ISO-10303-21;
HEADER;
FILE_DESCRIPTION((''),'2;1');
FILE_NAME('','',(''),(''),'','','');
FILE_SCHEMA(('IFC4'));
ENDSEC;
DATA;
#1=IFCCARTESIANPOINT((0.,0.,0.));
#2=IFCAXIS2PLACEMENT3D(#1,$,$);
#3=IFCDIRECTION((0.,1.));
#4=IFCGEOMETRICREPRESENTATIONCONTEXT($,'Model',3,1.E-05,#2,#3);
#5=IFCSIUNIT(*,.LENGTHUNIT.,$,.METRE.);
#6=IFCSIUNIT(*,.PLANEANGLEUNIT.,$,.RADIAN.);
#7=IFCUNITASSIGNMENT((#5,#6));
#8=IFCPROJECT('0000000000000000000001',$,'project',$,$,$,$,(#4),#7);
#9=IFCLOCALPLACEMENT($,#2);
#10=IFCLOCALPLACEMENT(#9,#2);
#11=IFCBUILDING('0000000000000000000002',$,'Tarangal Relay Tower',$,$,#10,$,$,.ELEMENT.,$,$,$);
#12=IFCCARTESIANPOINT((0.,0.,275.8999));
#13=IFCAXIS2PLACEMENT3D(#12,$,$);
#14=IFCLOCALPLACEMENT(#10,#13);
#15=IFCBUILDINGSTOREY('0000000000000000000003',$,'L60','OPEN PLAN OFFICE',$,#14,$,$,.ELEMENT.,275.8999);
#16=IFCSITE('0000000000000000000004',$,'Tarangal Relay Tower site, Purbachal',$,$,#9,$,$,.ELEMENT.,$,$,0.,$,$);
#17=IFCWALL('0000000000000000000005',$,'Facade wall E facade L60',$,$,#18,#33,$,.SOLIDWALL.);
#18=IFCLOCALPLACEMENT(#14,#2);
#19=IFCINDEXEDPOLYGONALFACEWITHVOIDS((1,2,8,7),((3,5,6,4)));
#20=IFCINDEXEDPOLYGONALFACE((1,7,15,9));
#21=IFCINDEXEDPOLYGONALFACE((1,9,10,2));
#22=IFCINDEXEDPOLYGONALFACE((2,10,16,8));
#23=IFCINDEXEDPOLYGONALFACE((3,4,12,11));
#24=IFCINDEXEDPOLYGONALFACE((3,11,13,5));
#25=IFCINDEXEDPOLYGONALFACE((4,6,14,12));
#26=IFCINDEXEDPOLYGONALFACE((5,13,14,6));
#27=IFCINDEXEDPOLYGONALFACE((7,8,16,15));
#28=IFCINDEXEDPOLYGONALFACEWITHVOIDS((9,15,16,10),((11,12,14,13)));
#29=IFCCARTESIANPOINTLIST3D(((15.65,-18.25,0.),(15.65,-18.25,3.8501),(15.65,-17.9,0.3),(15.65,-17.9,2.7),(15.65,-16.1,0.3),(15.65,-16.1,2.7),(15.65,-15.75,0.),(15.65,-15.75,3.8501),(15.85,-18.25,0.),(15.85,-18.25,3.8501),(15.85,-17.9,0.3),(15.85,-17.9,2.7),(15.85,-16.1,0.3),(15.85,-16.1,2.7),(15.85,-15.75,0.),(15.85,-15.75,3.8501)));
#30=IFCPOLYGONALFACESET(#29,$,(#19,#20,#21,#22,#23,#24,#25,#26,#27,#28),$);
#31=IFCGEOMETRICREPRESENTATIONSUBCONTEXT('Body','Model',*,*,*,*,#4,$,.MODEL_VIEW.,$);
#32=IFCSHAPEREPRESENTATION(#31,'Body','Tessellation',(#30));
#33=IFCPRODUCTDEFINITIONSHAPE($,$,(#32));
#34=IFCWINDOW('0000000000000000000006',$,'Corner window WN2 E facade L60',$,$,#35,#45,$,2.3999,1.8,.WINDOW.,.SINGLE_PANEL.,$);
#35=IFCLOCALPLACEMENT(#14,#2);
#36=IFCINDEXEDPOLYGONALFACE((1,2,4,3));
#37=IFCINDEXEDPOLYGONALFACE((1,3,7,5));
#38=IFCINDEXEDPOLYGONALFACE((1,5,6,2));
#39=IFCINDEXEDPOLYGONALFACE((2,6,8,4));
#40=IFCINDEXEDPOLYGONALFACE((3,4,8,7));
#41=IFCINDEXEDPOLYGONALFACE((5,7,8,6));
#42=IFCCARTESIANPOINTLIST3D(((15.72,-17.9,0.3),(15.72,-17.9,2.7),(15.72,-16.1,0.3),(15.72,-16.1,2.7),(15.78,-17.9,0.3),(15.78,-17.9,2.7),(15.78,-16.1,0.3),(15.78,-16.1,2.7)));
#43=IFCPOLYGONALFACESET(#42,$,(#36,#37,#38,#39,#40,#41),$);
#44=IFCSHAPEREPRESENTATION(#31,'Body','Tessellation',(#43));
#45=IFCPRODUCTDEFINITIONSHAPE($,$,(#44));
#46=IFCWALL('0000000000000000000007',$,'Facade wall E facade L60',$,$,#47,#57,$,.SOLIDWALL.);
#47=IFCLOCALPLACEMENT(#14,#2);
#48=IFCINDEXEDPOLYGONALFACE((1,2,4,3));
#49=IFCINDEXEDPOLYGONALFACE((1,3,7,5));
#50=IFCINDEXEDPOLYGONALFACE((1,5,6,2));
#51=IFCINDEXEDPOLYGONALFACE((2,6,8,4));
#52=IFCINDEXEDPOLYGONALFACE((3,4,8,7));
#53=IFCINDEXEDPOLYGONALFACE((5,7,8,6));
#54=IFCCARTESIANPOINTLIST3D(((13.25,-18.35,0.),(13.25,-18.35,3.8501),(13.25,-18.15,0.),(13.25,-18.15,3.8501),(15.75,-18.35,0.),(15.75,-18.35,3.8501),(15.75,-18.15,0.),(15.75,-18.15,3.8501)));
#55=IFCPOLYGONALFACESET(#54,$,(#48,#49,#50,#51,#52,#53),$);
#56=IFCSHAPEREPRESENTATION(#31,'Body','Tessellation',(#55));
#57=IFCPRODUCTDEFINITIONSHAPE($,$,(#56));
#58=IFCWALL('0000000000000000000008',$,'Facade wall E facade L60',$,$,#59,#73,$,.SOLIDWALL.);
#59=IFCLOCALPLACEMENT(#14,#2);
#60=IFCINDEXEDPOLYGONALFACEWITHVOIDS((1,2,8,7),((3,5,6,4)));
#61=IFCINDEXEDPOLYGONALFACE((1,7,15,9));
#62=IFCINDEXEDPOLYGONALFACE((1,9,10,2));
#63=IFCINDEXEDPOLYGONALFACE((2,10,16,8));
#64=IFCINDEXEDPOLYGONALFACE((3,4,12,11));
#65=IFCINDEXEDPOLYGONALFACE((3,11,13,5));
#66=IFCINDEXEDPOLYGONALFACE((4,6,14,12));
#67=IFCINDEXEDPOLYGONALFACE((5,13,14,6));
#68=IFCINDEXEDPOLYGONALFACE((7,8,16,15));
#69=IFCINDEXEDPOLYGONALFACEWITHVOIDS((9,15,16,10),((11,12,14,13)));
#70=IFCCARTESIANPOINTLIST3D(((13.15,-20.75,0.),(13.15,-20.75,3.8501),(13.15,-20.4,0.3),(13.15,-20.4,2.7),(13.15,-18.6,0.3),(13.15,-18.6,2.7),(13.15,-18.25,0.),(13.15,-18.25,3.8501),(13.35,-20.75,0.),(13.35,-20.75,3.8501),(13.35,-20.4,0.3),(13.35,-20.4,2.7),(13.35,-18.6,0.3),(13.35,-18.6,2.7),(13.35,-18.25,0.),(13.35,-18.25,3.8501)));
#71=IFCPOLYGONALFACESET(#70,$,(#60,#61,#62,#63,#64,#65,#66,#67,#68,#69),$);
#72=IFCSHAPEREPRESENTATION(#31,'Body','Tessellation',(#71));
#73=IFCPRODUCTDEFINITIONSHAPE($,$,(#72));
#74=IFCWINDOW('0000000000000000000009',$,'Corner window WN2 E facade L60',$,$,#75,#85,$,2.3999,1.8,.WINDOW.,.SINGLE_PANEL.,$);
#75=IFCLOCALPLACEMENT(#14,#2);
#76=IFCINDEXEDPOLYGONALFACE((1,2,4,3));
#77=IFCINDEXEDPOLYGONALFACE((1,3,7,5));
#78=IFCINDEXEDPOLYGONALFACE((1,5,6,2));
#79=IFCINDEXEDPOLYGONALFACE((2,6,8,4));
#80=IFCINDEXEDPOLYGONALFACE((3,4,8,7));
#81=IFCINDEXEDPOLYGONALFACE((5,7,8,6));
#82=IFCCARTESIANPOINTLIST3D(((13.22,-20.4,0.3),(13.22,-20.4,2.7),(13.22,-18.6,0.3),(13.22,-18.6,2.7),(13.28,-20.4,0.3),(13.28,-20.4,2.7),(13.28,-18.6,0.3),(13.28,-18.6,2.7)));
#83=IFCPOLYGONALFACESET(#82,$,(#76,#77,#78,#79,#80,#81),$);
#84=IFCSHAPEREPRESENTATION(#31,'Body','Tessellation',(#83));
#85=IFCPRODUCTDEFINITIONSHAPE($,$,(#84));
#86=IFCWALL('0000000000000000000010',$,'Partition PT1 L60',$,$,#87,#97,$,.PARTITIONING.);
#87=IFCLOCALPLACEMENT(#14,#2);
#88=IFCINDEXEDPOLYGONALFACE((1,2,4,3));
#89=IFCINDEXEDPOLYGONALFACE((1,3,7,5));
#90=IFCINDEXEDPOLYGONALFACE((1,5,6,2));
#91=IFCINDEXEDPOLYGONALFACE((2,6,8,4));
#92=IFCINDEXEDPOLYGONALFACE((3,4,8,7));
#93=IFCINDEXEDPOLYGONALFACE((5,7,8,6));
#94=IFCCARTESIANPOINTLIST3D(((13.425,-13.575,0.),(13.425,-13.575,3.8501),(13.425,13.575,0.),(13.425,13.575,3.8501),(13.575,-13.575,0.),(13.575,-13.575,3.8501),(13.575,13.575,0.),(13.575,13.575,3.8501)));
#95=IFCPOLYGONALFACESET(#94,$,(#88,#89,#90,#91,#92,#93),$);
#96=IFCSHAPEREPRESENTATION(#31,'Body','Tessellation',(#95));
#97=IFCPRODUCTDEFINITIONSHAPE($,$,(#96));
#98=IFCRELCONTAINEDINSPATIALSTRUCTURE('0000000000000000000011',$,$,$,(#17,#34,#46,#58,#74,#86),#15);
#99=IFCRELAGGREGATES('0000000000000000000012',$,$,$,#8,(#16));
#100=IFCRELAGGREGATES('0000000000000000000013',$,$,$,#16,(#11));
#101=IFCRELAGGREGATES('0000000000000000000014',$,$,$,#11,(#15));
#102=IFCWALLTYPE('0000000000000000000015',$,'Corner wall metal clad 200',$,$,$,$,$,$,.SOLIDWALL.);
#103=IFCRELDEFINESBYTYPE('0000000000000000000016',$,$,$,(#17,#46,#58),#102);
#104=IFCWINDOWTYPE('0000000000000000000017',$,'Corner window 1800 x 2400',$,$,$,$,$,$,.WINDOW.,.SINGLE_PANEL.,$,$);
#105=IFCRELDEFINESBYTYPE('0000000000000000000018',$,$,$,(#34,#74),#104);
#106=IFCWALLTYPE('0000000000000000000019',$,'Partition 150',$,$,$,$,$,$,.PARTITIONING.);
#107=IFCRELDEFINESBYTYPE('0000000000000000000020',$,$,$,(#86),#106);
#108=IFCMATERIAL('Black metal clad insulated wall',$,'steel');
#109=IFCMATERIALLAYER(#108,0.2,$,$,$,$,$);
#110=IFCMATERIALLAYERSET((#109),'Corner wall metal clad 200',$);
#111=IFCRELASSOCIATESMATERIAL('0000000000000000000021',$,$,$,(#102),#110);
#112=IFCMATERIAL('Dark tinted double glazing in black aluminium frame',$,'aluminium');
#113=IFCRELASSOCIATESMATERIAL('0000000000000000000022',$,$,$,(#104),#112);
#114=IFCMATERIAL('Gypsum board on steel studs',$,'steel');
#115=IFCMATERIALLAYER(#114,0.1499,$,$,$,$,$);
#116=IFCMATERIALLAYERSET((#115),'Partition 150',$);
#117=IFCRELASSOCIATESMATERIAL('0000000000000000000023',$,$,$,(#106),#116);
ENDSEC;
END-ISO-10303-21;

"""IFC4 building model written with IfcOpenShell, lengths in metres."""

from ifc_helpers import new_model, si_unit, direction, frame, frame_2d, origin, place, context, subcontext, project, spatial, rectangle, extrude, material, layer, layer_set, type_object, element, fill, save


model = new_model("IFC4")

# Units and contexts
model_context = context("Model", 3, precision=1e-05, world=origin(), true_north=direction((0.0, 1.0)))
body_context = subcontext(model_context, "Body", "Model", "MODEL_VIEW")
ifc_project = project(units=[si_unit("LENGTHUNIT", "METRE"), si_unit("PLANEANGLEUNIT", "RADIAN")], contexts=[model_context])

# Site, building, storey
site_placement = place(None, origin())
site = spatial("IfcSite", under=ifc_project, at=site_placement, Name="Tarangal Relay Tower site, Purbachal", CompositionType="ELEMENT", RefElevation=0.0)
building_placement = place(site_placement, origin())
building = spatial("IfcBuilding", under=site, at=building_placement, Name="Tarangal Relay Tower", CompositionType="ELEMENT")
storey_placement = place(building_placement, frame((0.0, 0.0, 275.8999)))
storey = spatial("IfcBuildingStorey", under=building, at=storey_placement, Name="L60", Description="OPEN PLAN OFFICE", CompositionType="ELEMENT", Elevation=275.8999)

# Shared definitions
ifc_material_1 = material(Name="Black metal clad insulated wall", Category="steel")
ifc_layer_1 = layer(ifc_material_1, 0.2)
ifc_layer_set_1 = layer_set([ifc_layer_1], Name="Corner wall metal clad 200")
wall_type_1 = type_object("IfcWallType", Name="Corner wall metal clad 200", PredefinedType="SOLIDWALL", material=ifc_layer_set_1)

# Shared definitions
ifc_material_2 = material(Name="Dark tinted double glazing in black aluminium frame", Category="aluminium")
window_type = type_object("IfcWindowType", Name="Corner window 1800 x 2400", PartitioningType="SINGLE_PANEL", PredefinedType="WINDOW", material=ifc_material_2)

# Wall, opening, window
wall_1_placement = place(storey_placement, frame((15.75, -15.75, 0.0), z_axis=(0.0, 0.0, 1.0), x_axis=(0.0, -1.0, 0.0)))
wall_1 = element("IfcWall", 1, at=wall_1_placement, inside=storey, type_object=wall_type_1, Name="Facade wall E facade L60", PredefinedType="SOLIDWALL", context=body_context, shape_type="SweptSolid", body=[
    extrude(rectangle(XDim=2.5, YDim=0.2, at=frame_2d((1.25, 0.0))), origin(), (0.0, 0.0, 1.0), 3.8501),
])
opening_1_placement = place(wall_1_placement, frame((0.3501, 0.0, 0.3)))
opening_1 = element("IfcOpeningElement", 2, at=opening_1_placement, cuts=wall_1, PredefinedType="OPENING", context=body_context, shape_type="SweptSolid", body=[
    extrude(rectangle(XDim=1.8, YDim=2.3999, at=frame_2d((0.8999, 1.2))), frame((0.0, 0.1099, 0.0), z_axis=(0.0, -1.0, 0.0), x_axis=(1.0, 0.0, 0.0)), (0.0, 0.0, 1.0), 0.22),
])
window_1_placement = place(opening_1_placement, origin())
window_1 = element("IfcWindow", 3, at=window_1_placement, inside=storey, type_object=window_type, Name="Corner window WN2 E facade L60", OverallHeight=2.3999, OverallWidth=1.8, PartitioningType="SINGLE_PANEL", PredefinedType="WINDOW", context=body_context, shape_type="SweptSolid", body=[
    extrude(rectangle(XDim=1.8, YDim=2.3999, at=frame_2d((0.8999, 1.2))), frame((0.0, 0.03, 0.0), z_axis=(0.0, -1.0, 0.0), x_axis=(1.0, 0.0, 0.0)), (0.0, 0.0, 1.0), 0.0601),
])
fill(opening_1, window_1)

# Wall
wall_2_placement = place(storey_placement, frame((15.75, -18.25, 0.0), z_axis=(0.0, 0.0, 1.0), x_axis=(-1.0, 0.0, 0.0)))
element("IfcWall", 4, at=wall_2_placement, inside=storey, type_object=wall_type_1, Name="Facade wall E facade L60", PredefinedType="SOLIDWALL", context=body_context, shape_type="SweptSolid", body=[
    extrude(rectangle(XDim=2.5, YDim=0.2, at=frame_2d((1.25, 0.0))), origin(), (0.0, 0.0, 1.0), 3.8501),
])

# Wall, opening, window
wall_3_placement = place(storey_placement, frame((13.25, -18.25, 0.0), z_axis=(0.0, 0.0, 1.0), x_axis=(0.0, -1.0, 0.0)))
wall_3 = element("IfcWall", 5, at=wall_3_placement, inside=storey, type_object=wall_type_1, Name="Facade wall E facade L60", PredefinedType="SOLIDWALL", context=body_context, shape_type="SweptSolid", body=[
    extrude(rectangle(XDim=2.5, YDim=0.2, at=frame_2d((1.25, 0.0))), origin(), (0.0, 0.0, 1.0), 3.8501),
])
opening_2_placement = place(wall_3_placement, frame((0.3501, 0.0, 0.3)))
opening_2 = element("IfcOpeningElement", 6, at=opening_2_placement, cuts=wall_3, PredefinedType="OPENING", context=body_context, shape_type="SweptSolid", body=[
    extrude(rectangle(XDim=1.8, YDim=2.3999, at=frame_2d((0.8999, 1.2))), frame((0.0, 0.1099, 0.0), z_axis=(0.0, -1.0, 0.0), x_axis=(1.0, 0.0, 0.0)), (0.0, 0.0, 1.0), 0.22),
])
window_2_placement = place(opening_2_placement, origin())
window_2 = element("IfcWindow", 7, at=window_2_placement, inside=storey, type_object=window_type, Name="Corner window WN2 E facade L60", OverallHeight=2.3999, OverallWidth=1.8, PartitioningType="SINGLE_PANEL", PredefinedType="WINDOW", context=body_context, shape_type="SweptSolid", body=[
    extrude(rectangle(XDim=1.8, YDim=2.3999, at=frame_2d((0.8999, 1.2))), frame((0.0, 0.03, 0.0), z_axis=(0.0, -1.0, 0.0), x_axis=(1.0, 0.0, 0.0)), (0.0, 0.0, 1.0), 0.0601),
])
fill(opening_2, window_2)

# Wall
ifc_material_3 = material(Name="Gypsum board on steel studs", Category="steel")
ifc_layer_2 = layer(ifc_material_3, 0.1499)
ifc_layer_set_2 = layer_set([ifc_layer_2], Name="Partition 150")
wall_type_2 = type_object("IfcWallType", Name="Partition 150", PredefinedType="PARTITIONING", material=ifc_layer_set_2)
wall_4_placement = place(storey_placement, frame((13.5, -13.575, 0.0), z_axis=(0.0, 0.0, 1.0), x_axis=(0.0, 1.0, 0.0)))
element("IfcWall", 8, at=wall_4_placement, inside=storey, type_object=wall_type_2, Name="Partition PT1 L60", PredefinedType="PARTITIONING", context=body_context, shape_type="SweptSolid", body=[
    extrude(rectangle(XDim=27.1499, YDim=0.1499, at=frame_2d((13.575, 0.0))), origin(), (0.0, 0.0, 1.0), 3.8501),
])

save(model, "model.ifc")
